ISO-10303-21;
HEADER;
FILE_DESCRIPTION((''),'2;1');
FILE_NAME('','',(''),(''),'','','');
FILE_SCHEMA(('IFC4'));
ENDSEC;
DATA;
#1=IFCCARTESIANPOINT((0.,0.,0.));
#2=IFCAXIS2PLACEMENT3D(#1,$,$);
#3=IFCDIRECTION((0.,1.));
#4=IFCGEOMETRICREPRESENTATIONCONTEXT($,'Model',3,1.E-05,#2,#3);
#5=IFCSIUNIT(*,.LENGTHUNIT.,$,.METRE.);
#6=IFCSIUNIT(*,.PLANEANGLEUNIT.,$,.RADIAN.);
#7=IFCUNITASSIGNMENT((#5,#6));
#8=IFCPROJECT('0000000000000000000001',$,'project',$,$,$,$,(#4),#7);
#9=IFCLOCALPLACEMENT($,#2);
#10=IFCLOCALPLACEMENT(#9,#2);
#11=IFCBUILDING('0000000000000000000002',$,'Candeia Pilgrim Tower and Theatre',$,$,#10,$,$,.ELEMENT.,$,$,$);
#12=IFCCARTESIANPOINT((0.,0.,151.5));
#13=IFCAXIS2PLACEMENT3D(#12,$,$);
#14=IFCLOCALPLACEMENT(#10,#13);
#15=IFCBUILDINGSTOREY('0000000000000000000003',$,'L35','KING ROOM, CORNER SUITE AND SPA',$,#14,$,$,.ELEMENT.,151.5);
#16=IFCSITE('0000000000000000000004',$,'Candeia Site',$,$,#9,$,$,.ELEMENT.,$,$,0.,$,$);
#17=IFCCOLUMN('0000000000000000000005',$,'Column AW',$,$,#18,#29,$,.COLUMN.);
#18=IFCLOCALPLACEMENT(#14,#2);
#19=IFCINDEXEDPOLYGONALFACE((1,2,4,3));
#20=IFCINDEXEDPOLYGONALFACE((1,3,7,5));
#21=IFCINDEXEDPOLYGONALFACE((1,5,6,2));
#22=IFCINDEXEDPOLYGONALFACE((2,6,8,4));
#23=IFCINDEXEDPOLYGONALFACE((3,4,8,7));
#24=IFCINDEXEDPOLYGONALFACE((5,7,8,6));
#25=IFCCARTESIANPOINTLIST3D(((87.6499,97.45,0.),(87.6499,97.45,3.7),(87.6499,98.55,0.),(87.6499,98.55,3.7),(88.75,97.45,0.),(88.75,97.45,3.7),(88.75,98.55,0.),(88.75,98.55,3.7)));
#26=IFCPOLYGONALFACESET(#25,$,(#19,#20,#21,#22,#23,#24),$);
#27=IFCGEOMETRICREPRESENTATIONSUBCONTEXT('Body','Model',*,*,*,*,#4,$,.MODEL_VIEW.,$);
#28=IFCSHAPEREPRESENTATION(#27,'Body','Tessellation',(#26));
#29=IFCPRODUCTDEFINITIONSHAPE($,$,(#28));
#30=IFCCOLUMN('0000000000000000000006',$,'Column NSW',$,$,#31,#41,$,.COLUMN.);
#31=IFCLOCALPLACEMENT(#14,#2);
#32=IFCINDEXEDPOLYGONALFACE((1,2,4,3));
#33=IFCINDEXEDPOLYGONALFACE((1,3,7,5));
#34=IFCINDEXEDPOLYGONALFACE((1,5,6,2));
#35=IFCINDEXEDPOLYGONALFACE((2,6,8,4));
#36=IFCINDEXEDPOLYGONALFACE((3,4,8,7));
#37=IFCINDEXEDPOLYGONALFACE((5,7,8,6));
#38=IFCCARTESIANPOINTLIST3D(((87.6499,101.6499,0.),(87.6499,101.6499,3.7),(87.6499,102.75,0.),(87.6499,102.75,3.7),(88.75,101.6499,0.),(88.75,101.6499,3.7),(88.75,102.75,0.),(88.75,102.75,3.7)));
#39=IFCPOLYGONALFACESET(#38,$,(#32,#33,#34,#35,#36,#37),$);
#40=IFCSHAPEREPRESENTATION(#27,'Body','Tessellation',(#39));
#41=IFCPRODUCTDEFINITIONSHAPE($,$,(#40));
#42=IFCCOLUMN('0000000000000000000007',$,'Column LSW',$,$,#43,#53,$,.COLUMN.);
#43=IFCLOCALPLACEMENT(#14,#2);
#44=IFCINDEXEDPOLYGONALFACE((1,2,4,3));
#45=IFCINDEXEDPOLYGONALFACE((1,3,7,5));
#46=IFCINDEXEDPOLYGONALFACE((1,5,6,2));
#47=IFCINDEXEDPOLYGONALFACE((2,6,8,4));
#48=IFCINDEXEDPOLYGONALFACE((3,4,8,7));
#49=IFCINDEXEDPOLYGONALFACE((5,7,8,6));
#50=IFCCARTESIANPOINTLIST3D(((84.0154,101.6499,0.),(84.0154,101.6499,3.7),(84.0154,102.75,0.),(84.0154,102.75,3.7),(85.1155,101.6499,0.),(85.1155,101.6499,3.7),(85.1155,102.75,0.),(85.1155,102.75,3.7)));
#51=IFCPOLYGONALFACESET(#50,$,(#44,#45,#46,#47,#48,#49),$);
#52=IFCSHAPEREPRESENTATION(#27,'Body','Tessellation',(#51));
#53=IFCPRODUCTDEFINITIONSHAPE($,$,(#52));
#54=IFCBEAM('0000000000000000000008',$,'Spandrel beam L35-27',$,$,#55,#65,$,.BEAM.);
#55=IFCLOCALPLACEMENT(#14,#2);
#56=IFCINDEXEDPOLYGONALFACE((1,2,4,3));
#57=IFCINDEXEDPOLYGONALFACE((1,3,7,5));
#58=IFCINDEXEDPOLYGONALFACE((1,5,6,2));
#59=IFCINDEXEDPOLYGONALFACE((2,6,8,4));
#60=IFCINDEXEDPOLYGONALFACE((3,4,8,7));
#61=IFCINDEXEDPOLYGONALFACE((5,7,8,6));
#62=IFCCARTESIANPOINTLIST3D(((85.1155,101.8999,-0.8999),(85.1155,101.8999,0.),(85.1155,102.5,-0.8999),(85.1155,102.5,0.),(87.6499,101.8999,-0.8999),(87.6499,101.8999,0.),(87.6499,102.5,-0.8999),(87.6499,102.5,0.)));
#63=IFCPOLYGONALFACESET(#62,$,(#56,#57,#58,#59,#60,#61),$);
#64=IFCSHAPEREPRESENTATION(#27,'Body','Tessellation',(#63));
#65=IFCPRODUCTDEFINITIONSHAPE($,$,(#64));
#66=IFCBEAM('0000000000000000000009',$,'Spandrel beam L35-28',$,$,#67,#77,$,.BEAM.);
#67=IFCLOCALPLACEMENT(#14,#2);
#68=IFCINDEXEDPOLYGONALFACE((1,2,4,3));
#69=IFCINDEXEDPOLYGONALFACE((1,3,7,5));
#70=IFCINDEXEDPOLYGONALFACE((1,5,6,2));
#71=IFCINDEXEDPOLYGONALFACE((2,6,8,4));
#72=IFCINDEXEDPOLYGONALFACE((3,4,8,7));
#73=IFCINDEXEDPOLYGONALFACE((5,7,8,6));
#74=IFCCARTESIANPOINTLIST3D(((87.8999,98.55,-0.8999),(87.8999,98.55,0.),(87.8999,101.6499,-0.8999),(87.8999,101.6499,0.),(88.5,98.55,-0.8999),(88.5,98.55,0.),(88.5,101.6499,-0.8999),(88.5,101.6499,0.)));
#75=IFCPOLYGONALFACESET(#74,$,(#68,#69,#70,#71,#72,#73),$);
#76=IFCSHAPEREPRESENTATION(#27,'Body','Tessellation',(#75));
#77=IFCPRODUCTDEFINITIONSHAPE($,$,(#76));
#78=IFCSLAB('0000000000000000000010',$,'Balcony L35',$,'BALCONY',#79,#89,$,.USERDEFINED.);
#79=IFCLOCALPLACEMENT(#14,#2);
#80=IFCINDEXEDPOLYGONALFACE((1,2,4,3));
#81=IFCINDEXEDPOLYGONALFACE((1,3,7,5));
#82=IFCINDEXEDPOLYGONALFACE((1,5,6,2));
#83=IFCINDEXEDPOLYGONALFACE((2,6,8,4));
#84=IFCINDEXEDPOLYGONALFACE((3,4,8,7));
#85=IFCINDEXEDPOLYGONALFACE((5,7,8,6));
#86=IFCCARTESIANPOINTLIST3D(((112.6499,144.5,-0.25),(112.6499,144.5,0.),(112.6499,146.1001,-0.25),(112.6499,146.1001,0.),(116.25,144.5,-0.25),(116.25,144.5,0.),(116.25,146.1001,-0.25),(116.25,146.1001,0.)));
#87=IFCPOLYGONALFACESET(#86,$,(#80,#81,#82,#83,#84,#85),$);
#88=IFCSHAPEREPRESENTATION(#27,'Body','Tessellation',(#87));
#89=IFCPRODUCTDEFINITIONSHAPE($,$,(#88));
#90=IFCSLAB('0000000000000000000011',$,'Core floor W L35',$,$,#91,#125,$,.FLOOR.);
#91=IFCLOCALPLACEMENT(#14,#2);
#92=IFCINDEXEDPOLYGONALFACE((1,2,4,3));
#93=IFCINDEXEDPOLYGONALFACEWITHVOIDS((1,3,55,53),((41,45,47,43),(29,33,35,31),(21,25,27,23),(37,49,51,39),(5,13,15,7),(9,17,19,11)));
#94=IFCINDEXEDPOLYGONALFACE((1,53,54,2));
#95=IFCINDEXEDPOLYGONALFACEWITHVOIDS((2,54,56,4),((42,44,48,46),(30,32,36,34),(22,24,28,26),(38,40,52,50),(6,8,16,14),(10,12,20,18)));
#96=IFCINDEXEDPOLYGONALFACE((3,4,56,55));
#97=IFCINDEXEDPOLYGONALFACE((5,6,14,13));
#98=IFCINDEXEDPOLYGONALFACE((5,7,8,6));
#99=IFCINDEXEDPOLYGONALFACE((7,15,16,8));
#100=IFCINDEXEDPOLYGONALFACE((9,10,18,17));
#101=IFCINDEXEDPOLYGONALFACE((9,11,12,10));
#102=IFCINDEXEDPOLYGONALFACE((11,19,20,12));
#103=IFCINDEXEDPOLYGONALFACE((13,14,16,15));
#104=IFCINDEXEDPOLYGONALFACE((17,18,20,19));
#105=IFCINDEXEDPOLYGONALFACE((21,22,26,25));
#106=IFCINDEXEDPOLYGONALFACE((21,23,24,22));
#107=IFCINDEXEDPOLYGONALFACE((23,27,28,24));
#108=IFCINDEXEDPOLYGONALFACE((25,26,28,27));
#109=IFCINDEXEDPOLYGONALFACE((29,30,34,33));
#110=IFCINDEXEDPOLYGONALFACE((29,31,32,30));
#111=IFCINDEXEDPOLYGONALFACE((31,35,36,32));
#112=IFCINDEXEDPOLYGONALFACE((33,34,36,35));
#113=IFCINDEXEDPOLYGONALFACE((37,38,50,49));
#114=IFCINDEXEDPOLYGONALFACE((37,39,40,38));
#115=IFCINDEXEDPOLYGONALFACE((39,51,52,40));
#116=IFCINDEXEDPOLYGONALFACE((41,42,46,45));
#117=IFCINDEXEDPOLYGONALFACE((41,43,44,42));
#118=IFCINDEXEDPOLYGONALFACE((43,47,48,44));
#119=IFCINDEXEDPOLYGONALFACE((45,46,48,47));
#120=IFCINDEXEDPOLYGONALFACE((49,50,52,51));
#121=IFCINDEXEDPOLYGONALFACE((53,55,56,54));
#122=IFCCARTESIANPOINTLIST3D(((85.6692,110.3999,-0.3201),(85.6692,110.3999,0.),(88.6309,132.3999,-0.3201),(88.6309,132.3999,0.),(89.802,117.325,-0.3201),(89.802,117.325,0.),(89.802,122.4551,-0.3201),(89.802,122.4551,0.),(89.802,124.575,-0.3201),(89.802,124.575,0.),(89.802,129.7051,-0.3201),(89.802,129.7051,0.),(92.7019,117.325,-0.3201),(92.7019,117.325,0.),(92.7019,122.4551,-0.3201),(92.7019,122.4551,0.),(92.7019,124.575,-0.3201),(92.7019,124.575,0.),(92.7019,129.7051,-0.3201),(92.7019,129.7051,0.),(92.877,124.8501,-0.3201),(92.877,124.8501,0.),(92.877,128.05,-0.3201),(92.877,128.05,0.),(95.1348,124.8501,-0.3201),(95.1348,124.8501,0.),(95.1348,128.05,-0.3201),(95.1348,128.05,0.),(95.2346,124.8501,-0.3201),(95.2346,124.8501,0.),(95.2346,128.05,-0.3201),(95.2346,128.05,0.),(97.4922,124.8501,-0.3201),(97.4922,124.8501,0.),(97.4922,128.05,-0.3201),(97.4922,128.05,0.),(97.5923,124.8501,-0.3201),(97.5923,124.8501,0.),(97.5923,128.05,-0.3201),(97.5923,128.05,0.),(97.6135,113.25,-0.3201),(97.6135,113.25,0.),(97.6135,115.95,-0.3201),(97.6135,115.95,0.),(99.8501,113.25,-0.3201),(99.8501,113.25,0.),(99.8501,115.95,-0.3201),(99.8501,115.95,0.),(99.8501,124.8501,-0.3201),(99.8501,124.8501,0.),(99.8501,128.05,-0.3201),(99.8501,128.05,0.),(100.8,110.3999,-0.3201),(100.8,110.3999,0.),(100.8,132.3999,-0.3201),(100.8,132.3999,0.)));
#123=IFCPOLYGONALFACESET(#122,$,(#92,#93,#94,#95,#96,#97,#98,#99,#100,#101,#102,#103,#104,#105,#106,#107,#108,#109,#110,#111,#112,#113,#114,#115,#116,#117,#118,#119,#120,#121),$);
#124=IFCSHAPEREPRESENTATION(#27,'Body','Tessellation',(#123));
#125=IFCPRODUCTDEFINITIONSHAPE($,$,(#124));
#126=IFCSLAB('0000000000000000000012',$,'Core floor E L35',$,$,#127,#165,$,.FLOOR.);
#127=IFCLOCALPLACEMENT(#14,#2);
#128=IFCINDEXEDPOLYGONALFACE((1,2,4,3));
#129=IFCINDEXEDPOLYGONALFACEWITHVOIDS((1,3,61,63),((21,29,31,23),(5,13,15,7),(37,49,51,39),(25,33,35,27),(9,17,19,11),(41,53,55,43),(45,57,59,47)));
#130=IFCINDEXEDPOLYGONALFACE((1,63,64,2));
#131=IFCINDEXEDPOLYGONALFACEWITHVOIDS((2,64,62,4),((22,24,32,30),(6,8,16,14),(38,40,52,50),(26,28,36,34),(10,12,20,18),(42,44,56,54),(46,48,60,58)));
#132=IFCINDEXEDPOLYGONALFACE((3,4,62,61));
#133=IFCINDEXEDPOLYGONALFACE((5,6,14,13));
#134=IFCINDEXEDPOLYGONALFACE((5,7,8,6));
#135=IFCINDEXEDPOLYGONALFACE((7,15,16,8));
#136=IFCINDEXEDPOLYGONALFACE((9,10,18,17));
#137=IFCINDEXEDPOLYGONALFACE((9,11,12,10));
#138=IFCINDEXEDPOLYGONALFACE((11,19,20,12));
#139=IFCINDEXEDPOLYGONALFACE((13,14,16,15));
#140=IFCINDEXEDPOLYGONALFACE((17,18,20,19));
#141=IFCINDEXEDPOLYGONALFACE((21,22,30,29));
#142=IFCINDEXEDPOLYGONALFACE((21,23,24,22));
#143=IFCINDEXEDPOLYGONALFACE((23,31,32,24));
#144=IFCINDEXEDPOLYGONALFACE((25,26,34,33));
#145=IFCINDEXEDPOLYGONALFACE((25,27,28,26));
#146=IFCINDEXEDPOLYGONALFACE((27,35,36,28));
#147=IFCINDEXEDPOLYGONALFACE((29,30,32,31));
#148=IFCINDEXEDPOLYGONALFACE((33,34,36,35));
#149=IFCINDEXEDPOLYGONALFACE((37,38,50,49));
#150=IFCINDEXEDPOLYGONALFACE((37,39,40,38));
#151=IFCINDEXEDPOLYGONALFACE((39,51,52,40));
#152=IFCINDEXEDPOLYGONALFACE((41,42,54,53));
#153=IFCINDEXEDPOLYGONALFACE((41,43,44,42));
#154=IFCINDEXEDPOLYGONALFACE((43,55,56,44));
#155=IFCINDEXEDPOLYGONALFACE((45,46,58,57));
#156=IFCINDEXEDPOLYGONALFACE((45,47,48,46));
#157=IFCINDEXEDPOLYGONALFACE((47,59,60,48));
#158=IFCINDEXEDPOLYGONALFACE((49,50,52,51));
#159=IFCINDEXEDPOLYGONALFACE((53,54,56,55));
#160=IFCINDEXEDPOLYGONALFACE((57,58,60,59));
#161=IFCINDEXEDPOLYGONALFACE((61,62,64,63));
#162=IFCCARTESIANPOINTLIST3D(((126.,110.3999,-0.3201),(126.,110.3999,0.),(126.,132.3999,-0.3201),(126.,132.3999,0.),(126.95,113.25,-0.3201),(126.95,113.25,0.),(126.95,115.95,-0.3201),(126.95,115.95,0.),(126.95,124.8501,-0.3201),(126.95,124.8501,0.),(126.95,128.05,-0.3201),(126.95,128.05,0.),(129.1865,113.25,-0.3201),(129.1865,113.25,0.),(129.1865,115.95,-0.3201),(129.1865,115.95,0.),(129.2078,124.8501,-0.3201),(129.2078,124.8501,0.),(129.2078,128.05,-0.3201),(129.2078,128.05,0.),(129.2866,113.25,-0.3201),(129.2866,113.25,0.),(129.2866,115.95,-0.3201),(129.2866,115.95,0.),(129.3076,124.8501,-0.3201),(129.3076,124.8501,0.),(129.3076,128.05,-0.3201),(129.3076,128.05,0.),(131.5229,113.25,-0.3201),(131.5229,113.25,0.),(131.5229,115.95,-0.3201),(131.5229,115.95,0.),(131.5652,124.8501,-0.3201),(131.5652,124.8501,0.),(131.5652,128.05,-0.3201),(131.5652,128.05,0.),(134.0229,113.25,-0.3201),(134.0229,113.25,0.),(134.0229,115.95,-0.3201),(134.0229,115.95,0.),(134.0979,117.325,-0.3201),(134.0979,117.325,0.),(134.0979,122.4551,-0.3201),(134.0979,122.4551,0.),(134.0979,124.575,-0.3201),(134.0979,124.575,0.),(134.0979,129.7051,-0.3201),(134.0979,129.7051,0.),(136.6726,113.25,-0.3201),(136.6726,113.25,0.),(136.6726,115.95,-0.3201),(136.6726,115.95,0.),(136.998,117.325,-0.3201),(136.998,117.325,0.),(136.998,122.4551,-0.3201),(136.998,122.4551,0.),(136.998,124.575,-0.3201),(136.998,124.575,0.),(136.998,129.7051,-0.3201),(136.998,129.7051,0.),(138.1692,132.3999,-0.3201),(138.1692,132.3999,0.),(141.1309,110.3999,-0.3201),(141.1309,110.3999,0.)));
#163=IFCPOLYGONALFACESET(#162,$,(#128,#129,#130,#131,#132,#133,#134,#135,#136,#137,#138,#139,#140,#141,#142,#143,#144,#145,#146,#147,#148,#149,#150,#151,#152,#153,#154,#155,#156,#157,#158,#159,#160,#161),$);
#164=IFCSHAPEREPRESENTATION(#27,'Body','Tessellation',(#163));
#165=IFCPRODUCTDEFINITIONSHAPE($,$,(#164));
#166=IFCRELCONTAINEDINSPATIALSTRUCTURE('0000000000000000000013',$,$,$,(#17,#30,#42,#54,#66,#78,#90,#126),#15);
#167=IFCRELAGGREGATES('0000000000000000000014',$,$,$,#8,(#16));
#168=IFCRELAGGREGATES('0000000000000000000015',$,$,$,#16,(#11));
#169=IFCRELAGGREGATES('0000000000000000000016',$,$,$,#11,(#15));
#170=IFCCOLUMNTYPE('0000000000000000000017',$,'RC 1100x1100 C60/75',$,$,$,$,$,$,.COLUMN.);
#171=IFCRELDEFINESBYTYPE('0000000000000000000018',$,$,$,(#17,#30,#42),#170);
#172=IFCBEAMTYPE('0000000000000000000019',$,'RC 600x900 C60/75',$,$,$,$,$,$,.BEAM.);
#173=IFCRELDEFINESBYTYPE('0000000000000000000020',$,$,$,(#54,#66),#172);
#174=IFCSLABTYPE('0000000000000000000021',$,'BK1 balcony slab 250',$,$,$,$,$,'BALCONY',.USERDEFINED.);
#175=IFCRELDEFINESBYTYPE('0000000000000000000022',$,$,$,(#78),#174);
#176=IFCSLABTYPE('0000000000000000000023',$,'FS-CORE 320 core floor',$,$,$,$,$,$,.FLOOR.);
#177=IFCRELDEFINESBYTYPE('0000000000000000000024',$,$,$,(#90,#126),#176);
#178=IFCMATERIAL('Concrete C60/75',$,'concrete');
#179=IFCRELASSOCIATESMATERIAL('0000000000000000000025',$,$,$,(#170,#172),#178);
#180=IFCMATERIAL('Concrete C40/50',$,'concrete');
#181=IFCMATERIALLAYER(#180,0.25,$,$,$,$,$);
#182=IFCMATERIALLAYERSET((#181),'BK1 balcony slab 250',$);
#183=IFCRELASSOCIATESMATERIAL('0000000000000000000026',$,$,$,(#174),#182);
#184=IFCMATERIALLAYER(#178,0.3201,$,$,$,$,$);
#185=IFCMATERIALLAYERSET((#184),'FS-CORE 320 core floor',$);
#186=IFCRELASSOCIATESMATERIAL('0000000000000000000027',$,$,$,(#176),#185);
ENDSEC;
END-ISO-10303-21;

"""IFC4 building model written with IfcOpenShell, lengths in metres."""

from ifc_helpers import new_model, si_unit, direction, frame, origin, origin_2d, place, context, subcontext, project, spatial, polyline, rectangle, outline, extrude, material, layer, layer_set, material_profile, profile_set, type_object, element, save


model = new_model("IFC4")

# Units and contexts
model_context = context("Model", 3, precision=1e-05, world=origin(), true_north=direction((0.0, 1.0)))
body_context = subcontext(model_context, "Body", "Model", "MODEL_VIEW")
ifc_project = project(units=[si_unit("LENGTHUNIT", "METRE"), si_unit("PLANEANGLEUNIT", "RADIAN")], contexts=[model_context])

# Site, building, storey
site_placement = place(None, origin())
site = spatial("IfcSite", under=ifc_project, at=site_placement, Name="Candeia Site", CompositionType="ELEMENT", RefElevation=0.0)
building_placement = place(site_placement, origin())
building = spatial("IfcBuilding", under=site, at=building_placement, Name="Candeia Pilgrim Tower and Theatre", CompositionType="ELEMENT")
storey_placement = place(building_placement, frame((0.0, 0.0, 151.5)))
storey = spatial("IfcBuildingStorey", under=building, at=storey_placement, Name="L35", Description="KING ROOM, CORNER SUITE AND SPA", CompositionType="ELEMENT", Elevation=151.5)

# Columns
ifc_material_1 = material(Name="Concrete C60/75", Category="concrete")
ifc_material_profile_1 = material_profile(ifc_material_1, rectangle(XDim=1.1001, YDim=1.1001, at=origin_2d()))
ifc_profile_set_1 = profile_set([ifc_material_profile_1], Name="Concrete C60/75")
column_type = type_object("IfcColumnType", Name="RC 1100x1100 C60/75", PredefinedType="COLUMN", material=ifc_profile_set_1)
for number, where, z_axis, x_axis, name in (
    (1, (88.2, 98.0, 0.0), (0.0, 0.0, 1.0), (1.0, 0.0, 0.0), "Column AW"),
    (2, (88.2, 102.2, 0.0), (0.0, 0.0, 1.0), (1.0, 0.0, 0.0), "Column NSW"),
    (3, (84.5654, 102.2, 0.0), (0.0, 0.0, 1.0), (1.0, 0.0, 0.0), "Column LSW"),
):
    element("IfcColumn", number, at=place(storey_placement, frame(where, z_axis=z_axis, x_axis=x_axis)), inside=storey, type_object=column_type, Name=name, PredefinedType="COLUMN", context=body_context, shape_type="SweptSolid", body=[
        extrude(rectangle(XDim=1.1001, YDim=1.1001, at=origin_2d()), origin(), (0.0, 0.0, 1.0), 3.7),
    ])

# Beams
ifc_material_profile_2 = material_profile(ifc_material_1, rectangle(XDim=0.6001, YDim=0.8999, at=origin_2d()))
ifc_profile_set_2 = profile_set([ifc_material_profile_2], Name="Concrete C60/75")
beam_type = type_object("IfcBeamType", Name="RC 600x900 C60/75", PredefinedType="BEAM", material=ifc_profile_set_2)
beam_1_placement = place(storey_placement, frame((85.1155, 102.2, -0.45), z_axis=(1.0, 0.0, 0.0), x_axis=(0.0, 1.0, 0.0)))
element("IfcBeam", 4, at=beam_1_placement, inside=storey, type_object=beam_type, Name="Spandrel beam L35-27", PredefinedType="BEAM", context=body_context, shape_type="SweptSolid", body=[
    extrude(rectangle(XDim=0.6001, YDim=0.8999, at=origin_2d()), origin(), (0.0, 0.0, 1.0), 2.5344),
])
beam_2_placement = place(storey_placement, frame((88.2, 101.6499, -0.45), z_axis=(0.0, -1.0, 0.0), x_axis=(1.0, 0.0, 0.0)))
element("IfcBeam", 5, at=beam_2_placement, inside=storey, type_object=beam_type, Name="Spandrel beam L35-28", PredefinedType="BEAM", context=body_context, shape_type="SweptSolid", body=[
    extrude(rectangle(XDim=0.6001, YDim=0.8999, at=origin_2d()), origin(), (0.0, 0.0, 1.0), 3.0999),
])

# Slabs
ifc_material_2 = material(Name="Concrete C40/50", Category="concrete")
ifc_layer_1 = layer(ifc_material_2, 0.25)
ifc_layer_set_1 = layer_set([ifc_layer_1], Name="BK1 balcony slab 250")
slab_type_1 = type_object("IfcSlabType", Name="BK1 balcony slab 250", ElementType="BALCONY", PredefinedType="USERDEFINED", material=ifc_layer_set_1)
slab_1_placement = place(storey_placement, frame((0.0, 0.0, -0.25)))
element("IfcSlab", 6, at=slab_1_placement, inside=storey, type_object=slab_type_1, Name="Balcony L35", ObjectType="BALCONY", PredefinedType="USERDEFINED", context=body_context, shape_type="SweptSolid", body=[
    extrude(outline(polyline([(112.6499, 144.5), (116.25, 144.5), (116.25, 146.1001), (112.6499, 146.1001), (112.6499, 144.5)])), origin(), (0.0, 0.0, 1.0), 0.25),
])
ifc_layer_2 = layer(ifc_material_1, 0.3201)
ifc_layer_set_2 = layer_set([ifc_layer_2], Name="FS-CORE 320 core floor")
slab_type_2 = type_object("IfcSlabType", Name="FS-CORE 320 core floor", PredefinedType="FLOOR", material=ifc_layer_set_2)
slab_2_placement = place(storey_placement, frame((0.0, 0.0, -0.3201)))
element("IfcSlab", 7, at=slab_2_placement, inside=storey, type_object=slab_type_2, Name="Core floor W L35", PredefinedType="FLOOR", context=body_context, shape_type="SweptSolid", body=[
    extrude(outline(polyline([(100.8, 132.3999), (100.8, 110.3999), (85.6692, 110.3999), (88.6309, 132.3999), (100.8, 132.3999)]), holes=[polyline([(97.5923, 128.05), (97.5923, 124.8501), (99.8501, 124.8501), (99.8501, 128.05), (97.5923, 128.05)]), polyline([(97.6135, 113.25), (99.8501, 113.25), (99.8501, 115.95), (97.6135, 115.95), (97.6135, 113.25)]), polyline([(95.2346, 124.8501), (97.4922, 124.8501), (97.4922, 128.05), (95.2346, 128.05), (95.2346, 124.8501)]), polyline([(92.877, 128.05), (92.877, 124.8501), (95.1348, 124.8501), (95.1348, 128.05), (92.877, 128.05)]), polyline([(89.802, 122.4551), (89.802, 117.325), (92.7019, 117.325), (92.7019, 122.4551), (89.802, 122.4551)]), polyline([(89.802, 129.7051), (89.802, 124.575), (92.7019, 124.575), (92.7019, 129.7051), (89.802, 129.7051)])]), origin(), (0.0, 0.0, 1.0), 0.3201),
])
slab_3_placement = place(storey_placement, frame((0.0, 0.0, -0.3201)))
element("IfcSlab", 8, at=slab_3_placement, inside=storey, type_object=slab_type_2, Name="Core floor E L35", PredefinedType="FLOOR", context=body_context, shape_type="SweptSolid", body=[
    extrude(outline(polyline([(138.1692, 132.3999), (141.1309, 110.3999), (126.0, 110.3999), (126.0, 132.3999), (138.1692, 132.3999)]), holes=[polyline([(134.0979, 122.4551), (134.0979, 117.325), (136.998, 117.325), (136.998, 122.4551), (134.0979, 122.4551)]), polyline([(134.0979, 129.7051), (134.0979, 124.575), (136.998, 124.575), (136.998, 129.7051), (134.0979, 129.7051)]), polyline([(136.6726, 115.95), (134.0229, 115.95), (134.0229, 113.25), (136.6726, 113.25), (136.6726, 115.95)]), polyline([(131.5652, 128.05), (129.3076, 128.05), (129.3076, 124.8501), (131.5652, 124.8501), (131.5652, 128.05)]), polyline([(131.5229, 115.95), (129.2866, 115.95), (129.2866, 113.25), (131.5229, 113.25), (131.5229, 115.95)]), polyline([(129.2078, 128.05), (126.95, 128.05), (126.95, 124.8501), (129.2078, 124.8501), (129.2078, 128.05)]), polyline([(126.95, 115.95), (126.95, 113.25), (129.1865, 113.25), (129.1865, 115.95), (126.95, 115.95)])]), origin(), (0.0, 0.0, 1.0), 0.3201),
])

save(model, "model.ifc")
